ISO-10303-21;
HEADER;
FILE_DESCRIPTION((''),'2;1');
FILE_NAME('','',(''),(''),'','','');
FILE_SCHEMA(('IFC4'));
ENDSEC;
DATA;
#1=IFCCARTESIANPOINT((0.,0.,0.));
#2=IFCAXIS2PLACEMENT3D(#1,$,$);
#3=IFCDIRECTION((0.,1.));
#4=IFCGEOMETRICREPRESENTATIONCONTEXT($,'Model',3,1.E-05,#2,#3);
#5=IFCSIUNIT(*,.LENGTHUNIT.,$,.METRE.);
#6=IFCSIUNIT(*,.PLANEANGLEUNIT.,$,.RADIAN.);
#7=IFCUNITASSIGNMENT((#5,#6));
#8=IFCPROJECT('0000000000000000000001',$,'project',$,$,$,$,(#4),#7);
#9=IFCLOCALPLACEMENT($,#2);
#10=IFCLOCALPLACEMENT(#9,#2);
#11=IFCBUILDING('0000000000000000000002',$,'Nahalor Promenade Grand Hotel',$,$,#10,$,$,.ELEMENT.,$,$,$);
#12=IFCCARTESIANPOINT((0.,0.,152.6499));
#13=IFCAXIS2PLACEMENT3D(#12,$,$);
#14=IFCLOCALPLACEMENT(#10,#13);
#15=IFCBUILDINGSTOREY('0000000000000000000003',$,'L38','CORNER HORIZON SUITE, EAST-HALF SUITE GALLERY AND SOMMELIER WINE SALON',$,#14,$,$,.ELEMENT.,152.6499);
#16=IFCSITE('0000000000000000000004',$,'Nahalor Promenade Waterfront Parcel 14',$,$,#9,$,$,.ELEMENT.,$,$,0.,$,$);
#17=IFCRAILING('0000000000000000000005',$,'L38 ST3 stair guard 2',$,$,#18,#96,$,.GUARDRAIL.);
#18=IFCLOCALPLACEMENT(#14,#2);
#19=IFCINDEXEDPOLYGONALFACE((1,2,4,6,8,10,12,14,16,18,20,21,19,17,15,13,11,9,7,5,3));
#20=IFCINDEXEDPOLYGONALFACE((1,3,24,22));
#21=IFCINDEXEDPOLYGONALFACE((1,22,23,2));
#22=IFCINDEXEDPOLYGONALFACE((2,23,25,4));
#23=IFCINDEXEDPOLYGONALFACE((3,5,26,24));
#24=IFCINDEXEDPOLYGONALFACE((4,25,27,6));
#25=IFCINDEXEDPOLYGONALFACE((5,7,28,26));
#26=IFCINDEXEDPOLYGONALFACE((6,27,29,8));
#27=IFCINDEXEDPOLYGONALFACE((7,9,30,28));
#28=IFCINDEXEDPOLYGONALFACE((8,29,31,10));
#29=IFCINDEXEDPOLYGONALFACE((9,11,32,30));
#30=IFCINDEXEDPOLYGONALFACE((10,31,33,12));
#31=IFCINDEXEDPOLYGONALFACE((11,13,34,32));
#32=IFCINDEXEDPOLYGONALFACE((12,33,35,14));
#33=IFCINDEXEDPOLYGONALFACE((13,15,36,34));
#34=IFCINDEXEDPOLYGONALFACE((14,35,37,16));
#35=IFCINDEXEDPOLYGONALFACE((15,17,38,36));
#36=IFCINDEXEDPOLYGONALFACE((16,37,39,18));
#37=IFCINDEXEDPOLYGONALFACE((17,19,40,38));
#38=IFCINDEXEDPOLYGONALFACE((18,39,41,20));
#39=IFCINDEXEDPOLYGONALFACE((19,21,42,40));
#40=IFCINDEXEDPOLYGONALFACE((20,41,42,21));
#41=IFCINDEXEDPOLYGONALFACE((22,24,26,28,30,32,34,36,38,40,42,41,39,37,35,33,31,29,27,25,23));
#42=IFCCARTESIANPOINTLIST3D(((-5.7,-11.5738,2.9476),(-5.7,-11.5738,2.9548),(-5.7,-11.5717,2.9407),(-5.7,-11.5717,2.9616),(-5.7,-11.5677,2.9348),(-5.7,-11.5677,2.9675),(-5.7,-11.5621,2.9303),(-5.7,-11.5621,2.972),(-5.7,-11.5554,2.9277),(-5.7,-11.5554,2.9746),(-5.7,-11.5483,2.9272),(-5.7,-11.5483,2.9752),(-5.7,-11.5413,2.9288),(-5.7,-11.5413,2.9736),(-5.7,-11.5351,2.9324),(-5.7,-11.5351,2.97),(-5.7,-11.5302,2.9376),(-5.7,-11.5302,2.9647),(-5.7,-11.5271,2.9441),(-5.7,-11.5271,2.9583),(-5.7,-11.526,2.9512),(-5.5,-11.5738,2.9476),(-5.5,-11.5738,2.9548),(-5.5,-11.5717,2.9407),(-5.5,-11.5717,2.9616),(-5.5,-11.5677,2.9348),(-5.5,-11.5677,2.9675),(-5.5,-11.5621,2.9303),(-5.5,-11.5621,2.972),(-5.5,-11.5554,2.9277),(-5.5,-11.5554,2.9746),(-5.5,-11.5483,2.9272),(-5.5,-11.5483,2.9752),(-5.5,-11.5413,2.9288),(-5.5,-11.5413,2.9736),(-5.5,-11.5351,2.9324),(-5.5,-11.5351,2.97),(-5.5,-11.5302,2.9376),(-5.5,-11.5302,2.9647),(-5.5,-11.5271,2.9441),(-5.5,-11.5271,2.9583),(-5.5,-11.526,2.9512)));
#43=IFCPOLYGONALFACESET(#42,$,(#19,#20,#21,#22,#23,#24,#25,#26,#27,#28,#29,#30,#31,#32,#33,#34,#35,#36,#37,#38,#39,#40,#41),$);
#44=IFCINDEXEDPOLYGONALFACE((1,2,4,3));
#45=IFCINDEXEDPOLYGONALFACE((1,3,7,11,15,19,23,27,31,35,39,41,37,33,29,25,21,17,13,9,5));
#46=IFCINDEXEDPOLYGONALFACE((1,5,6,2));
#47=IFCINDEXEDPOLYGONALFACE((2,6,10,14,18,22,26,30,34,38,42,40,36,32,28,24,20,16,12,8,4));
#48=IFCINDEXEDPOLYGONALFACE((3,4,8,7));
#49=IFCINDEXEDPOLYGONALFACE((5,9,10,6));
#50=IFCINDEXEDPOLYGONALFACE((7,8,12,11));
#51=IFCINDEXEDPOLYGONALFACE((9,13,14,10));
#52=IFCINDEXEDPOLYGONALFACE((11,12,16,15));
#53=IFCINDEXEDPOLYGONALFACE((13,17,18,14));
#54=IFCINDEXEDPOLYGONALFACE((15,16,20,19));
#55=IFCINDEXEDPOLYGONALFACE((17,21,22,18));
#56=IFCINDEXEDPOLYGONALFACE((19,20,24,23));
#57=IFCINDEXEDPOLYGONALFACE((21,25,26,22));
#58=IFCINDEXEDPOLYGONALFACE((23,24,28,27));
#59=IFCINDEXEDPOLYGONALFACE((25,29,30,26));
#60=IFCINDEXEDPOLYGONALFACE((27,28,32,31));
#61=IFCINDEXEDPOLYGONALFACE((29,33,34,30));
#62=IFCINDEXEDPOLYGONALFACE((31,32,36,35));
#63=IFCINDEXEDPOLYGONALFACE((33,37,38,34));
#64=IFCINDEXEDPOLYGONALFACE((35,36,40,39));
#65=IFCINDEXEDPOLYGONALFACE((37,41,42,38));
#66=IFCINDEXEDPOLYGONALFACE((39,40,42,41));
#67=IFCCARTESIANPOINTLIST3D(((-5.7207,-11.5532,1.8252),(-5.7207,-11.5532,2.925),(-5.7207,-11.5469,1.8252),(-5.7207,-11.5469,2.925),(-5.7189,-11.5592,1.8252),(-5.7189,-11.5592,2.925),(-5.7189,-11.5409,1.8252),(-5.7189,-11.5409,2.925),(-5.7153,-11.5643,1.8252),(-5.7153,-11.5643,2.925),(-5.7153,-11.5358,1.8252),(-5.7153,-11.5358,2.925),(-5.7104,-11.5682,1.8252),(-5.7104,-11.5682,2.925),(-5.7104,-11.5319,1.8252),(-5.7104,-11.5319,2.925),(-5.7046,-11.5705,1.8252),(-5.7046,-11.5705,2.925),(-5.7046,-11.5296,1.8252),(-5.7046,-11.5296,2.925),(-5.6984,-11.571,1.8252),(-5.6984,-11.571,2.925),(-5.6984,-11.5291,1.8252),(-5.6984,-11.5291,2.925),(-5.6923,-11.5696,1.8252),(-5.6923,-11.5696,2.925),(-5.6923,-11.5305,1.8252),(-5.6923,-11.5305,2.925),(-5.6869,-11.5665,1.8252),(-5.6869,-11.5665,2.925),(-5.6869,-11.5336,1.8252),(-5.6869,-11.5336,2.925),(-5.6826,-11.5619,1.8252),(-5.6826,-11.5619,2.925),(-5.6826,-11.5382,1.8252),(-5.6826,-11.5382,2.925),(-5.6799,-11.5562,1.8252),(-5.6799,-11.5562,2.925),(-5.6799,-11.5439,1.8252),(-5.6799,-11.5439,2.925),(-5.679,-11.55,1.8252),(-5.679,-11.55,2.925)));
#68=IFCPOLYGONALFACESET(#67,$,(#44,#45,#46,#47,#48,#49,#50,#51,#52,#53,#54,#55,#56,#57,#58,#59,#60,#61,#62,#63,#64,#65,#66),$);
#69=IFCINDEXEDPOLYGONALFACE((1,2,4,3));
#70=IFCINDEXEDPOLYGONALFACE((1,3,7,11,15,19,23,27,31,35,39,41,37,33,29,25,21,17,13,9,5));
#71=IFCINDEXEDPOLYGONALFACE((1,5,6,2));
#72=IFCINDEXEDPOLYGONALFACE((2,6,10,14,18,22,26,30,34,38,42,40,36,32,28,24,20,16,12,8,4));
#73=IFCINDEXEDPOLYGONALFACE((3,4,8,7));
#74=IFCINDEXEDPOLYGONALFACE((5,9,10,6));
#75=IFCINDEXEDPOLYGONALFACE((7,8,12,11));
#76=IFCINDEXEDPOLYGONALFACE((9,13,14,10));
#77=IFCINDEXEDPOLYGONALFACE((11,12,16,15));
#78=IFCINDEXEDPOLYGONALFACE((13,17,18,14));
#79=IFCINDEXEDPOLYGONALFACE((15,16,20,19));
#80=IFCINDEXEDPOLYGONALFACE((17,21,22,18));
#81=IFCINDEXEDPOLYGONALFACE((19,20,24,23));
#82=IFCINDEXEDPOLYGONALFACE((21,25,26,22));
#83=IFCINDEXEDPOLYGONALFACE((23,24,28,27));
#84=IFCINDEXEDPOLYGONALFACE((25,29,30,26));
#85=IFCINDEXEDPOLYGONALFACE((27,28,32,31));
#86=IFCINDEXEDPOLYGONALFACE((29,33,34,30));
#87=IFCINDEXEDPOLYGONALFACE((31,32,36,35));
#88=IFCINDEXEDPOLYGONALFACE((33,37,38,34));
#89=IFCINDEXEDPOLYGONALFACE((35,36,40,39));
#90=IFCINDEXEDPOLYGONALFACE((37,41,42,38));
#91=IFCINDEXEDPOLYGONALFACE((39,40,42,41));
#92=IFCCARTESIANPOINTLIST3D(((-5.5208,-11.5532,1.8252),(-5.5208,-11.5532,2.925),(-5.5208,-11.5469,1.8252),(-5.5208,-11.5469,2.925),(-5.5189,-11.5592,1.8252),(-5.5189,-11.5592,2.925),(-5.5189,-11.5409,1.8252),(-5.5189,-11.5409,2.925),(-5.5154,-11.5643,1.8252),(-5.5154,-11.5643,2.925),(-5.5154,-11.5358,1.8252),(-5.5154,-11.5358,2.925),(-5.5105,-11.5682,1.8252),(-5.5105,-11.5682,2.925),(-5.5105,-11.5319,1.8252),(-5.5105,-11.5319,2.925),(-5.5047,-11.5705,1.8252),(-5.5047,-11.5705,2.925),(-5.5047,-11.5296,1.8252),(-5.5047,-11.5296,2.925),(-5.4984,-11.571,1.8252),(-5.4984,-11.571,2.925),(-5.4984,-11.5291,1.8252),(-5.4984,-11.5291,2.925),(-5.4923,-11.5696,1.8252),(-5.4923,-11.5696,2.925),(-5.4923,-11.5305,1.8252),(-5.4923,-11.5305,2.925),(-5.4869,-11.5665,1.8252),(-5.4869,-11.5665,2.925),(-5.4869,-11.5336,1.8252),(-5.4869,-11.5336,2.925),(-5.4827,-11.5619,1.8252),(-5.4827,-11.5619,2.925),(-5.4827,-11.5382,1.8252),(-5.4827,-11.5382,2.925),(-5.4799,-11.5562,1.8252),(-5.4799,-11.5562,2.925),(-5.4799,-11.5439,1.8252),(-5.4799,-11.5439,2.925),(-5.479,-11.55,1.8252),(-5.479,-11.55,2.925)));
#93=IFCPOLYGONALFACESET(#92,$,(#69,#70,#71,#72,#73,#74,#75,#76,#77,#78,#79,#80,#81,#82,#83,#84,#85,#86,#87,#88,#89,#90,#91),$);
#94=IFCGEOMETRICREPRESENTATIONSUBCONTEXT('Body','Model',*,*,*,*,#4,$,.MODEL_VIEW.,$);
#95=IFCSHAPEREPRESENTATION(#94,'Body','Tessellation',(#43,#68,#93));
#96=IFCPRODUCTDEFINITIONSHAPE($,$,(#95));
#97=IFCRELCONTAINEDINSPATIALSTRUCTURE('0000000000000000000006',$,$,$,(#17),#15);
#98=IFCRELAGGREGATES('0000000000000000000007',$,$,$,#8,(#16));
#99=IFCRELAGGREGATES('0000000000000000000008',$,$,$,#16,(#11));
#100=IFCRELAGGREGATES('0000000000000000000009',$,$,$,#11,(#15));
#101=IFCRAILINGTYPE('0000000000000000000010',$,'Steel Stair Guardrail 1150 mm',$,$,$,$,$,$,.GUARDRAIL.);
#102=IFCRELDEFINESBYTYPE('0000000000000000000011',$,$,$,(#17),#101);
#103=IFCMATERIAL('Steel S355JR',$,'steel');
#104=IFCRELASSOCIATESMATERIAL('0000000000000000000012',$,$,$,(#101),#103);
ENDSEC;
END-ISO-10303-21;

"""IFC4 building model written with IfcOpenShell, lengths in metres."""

from ifc_helpers import new_model, si_unit, direction, frame, origin, origin_2d, place, context, subcontext, project, spatial, circle, extrude, material, type_object, element, save


model = new_model("IFC4")

# Units and contexts
model_context = context("Model", 3, precision=1e-05, world=origin(), true_north=direction((0.0, 1.0)))
body_context = subcontext(model_context, "Body", "Model", "MODEL_VIEW")
ifc_project = project(units=[si_unit("LENGTHUNIT", "METRE"), si_unit("PLANEANGLEUNIT", "RADIAN")], contexts=[model_context])

# Site, building, storey
site_placement = place(None, origin())
site = spatial("IfcSite", under=ifc_project, at=site_placement, Name="Nahalor Promenade Waterfront Parcel 14", CompositionType="ELEMENT", RefElevation=0.0)
building_placement = place(site_placement, origin())
building = spatial("IfcBuilding", under=site, at=building_placement, Name="Nahalor Promenade Grand Hotel", CompositionType="ELEMENT")
storey_placement = place(building_placement, frame((0.0, 0.0, 152.6499)))
storey = spatial("IfcBuildingStorey", under=building, at=storey_placement, Name="L38", Description="CORNER HORIZON SUITE, EAST-HALF SUITE GALLERY AND SOMMELIER WINE SALON", CompositionType="ELEMENT", Elevation=152.6499)

# Shared definitions
ifc_material_1 = material(Name="Steel S355JR", Category="steel")

# Railing
railing_type_1 = type_object("IfcRailingType", Name="Steel Stair Guardrail 1150 mm", PredefinedType="GUARDRAIL", material=ifc_material_1)
railing_1_placement = place(storey_placement, frame((-5.7, -11.55, 1.8252)))
element("IfcRailing", 1, at=railing_1_placement, inside=storey, type_object=railing_type_1, Name="L38 ST3 stair guard 2", PredefinedType="GUARDRAIL", context=body_context, shape_type="SweptSolid", body=[
    extrude(circle(Radius=0.024, at=origin_2d()), frame((0.0, 0.0, 1.126), z_axis=(1.0, 0.0, 0.0), x_axis=(0.0, 1.0, 0.0)), (0.0, 0.0, 1.0), 0.2),
    extrude(circle(Radius=0.021, at=origin_2d()), origin(), (0.0, 0.0, 1.0), 1.0999),
    extrude(circle(Radius=0.021, at=origin_2d()), frame((0.2, 0.0, 0.0)), (0.0, 0.0, 1.0), 1.0999),
])

save(model, "model.ifc")
